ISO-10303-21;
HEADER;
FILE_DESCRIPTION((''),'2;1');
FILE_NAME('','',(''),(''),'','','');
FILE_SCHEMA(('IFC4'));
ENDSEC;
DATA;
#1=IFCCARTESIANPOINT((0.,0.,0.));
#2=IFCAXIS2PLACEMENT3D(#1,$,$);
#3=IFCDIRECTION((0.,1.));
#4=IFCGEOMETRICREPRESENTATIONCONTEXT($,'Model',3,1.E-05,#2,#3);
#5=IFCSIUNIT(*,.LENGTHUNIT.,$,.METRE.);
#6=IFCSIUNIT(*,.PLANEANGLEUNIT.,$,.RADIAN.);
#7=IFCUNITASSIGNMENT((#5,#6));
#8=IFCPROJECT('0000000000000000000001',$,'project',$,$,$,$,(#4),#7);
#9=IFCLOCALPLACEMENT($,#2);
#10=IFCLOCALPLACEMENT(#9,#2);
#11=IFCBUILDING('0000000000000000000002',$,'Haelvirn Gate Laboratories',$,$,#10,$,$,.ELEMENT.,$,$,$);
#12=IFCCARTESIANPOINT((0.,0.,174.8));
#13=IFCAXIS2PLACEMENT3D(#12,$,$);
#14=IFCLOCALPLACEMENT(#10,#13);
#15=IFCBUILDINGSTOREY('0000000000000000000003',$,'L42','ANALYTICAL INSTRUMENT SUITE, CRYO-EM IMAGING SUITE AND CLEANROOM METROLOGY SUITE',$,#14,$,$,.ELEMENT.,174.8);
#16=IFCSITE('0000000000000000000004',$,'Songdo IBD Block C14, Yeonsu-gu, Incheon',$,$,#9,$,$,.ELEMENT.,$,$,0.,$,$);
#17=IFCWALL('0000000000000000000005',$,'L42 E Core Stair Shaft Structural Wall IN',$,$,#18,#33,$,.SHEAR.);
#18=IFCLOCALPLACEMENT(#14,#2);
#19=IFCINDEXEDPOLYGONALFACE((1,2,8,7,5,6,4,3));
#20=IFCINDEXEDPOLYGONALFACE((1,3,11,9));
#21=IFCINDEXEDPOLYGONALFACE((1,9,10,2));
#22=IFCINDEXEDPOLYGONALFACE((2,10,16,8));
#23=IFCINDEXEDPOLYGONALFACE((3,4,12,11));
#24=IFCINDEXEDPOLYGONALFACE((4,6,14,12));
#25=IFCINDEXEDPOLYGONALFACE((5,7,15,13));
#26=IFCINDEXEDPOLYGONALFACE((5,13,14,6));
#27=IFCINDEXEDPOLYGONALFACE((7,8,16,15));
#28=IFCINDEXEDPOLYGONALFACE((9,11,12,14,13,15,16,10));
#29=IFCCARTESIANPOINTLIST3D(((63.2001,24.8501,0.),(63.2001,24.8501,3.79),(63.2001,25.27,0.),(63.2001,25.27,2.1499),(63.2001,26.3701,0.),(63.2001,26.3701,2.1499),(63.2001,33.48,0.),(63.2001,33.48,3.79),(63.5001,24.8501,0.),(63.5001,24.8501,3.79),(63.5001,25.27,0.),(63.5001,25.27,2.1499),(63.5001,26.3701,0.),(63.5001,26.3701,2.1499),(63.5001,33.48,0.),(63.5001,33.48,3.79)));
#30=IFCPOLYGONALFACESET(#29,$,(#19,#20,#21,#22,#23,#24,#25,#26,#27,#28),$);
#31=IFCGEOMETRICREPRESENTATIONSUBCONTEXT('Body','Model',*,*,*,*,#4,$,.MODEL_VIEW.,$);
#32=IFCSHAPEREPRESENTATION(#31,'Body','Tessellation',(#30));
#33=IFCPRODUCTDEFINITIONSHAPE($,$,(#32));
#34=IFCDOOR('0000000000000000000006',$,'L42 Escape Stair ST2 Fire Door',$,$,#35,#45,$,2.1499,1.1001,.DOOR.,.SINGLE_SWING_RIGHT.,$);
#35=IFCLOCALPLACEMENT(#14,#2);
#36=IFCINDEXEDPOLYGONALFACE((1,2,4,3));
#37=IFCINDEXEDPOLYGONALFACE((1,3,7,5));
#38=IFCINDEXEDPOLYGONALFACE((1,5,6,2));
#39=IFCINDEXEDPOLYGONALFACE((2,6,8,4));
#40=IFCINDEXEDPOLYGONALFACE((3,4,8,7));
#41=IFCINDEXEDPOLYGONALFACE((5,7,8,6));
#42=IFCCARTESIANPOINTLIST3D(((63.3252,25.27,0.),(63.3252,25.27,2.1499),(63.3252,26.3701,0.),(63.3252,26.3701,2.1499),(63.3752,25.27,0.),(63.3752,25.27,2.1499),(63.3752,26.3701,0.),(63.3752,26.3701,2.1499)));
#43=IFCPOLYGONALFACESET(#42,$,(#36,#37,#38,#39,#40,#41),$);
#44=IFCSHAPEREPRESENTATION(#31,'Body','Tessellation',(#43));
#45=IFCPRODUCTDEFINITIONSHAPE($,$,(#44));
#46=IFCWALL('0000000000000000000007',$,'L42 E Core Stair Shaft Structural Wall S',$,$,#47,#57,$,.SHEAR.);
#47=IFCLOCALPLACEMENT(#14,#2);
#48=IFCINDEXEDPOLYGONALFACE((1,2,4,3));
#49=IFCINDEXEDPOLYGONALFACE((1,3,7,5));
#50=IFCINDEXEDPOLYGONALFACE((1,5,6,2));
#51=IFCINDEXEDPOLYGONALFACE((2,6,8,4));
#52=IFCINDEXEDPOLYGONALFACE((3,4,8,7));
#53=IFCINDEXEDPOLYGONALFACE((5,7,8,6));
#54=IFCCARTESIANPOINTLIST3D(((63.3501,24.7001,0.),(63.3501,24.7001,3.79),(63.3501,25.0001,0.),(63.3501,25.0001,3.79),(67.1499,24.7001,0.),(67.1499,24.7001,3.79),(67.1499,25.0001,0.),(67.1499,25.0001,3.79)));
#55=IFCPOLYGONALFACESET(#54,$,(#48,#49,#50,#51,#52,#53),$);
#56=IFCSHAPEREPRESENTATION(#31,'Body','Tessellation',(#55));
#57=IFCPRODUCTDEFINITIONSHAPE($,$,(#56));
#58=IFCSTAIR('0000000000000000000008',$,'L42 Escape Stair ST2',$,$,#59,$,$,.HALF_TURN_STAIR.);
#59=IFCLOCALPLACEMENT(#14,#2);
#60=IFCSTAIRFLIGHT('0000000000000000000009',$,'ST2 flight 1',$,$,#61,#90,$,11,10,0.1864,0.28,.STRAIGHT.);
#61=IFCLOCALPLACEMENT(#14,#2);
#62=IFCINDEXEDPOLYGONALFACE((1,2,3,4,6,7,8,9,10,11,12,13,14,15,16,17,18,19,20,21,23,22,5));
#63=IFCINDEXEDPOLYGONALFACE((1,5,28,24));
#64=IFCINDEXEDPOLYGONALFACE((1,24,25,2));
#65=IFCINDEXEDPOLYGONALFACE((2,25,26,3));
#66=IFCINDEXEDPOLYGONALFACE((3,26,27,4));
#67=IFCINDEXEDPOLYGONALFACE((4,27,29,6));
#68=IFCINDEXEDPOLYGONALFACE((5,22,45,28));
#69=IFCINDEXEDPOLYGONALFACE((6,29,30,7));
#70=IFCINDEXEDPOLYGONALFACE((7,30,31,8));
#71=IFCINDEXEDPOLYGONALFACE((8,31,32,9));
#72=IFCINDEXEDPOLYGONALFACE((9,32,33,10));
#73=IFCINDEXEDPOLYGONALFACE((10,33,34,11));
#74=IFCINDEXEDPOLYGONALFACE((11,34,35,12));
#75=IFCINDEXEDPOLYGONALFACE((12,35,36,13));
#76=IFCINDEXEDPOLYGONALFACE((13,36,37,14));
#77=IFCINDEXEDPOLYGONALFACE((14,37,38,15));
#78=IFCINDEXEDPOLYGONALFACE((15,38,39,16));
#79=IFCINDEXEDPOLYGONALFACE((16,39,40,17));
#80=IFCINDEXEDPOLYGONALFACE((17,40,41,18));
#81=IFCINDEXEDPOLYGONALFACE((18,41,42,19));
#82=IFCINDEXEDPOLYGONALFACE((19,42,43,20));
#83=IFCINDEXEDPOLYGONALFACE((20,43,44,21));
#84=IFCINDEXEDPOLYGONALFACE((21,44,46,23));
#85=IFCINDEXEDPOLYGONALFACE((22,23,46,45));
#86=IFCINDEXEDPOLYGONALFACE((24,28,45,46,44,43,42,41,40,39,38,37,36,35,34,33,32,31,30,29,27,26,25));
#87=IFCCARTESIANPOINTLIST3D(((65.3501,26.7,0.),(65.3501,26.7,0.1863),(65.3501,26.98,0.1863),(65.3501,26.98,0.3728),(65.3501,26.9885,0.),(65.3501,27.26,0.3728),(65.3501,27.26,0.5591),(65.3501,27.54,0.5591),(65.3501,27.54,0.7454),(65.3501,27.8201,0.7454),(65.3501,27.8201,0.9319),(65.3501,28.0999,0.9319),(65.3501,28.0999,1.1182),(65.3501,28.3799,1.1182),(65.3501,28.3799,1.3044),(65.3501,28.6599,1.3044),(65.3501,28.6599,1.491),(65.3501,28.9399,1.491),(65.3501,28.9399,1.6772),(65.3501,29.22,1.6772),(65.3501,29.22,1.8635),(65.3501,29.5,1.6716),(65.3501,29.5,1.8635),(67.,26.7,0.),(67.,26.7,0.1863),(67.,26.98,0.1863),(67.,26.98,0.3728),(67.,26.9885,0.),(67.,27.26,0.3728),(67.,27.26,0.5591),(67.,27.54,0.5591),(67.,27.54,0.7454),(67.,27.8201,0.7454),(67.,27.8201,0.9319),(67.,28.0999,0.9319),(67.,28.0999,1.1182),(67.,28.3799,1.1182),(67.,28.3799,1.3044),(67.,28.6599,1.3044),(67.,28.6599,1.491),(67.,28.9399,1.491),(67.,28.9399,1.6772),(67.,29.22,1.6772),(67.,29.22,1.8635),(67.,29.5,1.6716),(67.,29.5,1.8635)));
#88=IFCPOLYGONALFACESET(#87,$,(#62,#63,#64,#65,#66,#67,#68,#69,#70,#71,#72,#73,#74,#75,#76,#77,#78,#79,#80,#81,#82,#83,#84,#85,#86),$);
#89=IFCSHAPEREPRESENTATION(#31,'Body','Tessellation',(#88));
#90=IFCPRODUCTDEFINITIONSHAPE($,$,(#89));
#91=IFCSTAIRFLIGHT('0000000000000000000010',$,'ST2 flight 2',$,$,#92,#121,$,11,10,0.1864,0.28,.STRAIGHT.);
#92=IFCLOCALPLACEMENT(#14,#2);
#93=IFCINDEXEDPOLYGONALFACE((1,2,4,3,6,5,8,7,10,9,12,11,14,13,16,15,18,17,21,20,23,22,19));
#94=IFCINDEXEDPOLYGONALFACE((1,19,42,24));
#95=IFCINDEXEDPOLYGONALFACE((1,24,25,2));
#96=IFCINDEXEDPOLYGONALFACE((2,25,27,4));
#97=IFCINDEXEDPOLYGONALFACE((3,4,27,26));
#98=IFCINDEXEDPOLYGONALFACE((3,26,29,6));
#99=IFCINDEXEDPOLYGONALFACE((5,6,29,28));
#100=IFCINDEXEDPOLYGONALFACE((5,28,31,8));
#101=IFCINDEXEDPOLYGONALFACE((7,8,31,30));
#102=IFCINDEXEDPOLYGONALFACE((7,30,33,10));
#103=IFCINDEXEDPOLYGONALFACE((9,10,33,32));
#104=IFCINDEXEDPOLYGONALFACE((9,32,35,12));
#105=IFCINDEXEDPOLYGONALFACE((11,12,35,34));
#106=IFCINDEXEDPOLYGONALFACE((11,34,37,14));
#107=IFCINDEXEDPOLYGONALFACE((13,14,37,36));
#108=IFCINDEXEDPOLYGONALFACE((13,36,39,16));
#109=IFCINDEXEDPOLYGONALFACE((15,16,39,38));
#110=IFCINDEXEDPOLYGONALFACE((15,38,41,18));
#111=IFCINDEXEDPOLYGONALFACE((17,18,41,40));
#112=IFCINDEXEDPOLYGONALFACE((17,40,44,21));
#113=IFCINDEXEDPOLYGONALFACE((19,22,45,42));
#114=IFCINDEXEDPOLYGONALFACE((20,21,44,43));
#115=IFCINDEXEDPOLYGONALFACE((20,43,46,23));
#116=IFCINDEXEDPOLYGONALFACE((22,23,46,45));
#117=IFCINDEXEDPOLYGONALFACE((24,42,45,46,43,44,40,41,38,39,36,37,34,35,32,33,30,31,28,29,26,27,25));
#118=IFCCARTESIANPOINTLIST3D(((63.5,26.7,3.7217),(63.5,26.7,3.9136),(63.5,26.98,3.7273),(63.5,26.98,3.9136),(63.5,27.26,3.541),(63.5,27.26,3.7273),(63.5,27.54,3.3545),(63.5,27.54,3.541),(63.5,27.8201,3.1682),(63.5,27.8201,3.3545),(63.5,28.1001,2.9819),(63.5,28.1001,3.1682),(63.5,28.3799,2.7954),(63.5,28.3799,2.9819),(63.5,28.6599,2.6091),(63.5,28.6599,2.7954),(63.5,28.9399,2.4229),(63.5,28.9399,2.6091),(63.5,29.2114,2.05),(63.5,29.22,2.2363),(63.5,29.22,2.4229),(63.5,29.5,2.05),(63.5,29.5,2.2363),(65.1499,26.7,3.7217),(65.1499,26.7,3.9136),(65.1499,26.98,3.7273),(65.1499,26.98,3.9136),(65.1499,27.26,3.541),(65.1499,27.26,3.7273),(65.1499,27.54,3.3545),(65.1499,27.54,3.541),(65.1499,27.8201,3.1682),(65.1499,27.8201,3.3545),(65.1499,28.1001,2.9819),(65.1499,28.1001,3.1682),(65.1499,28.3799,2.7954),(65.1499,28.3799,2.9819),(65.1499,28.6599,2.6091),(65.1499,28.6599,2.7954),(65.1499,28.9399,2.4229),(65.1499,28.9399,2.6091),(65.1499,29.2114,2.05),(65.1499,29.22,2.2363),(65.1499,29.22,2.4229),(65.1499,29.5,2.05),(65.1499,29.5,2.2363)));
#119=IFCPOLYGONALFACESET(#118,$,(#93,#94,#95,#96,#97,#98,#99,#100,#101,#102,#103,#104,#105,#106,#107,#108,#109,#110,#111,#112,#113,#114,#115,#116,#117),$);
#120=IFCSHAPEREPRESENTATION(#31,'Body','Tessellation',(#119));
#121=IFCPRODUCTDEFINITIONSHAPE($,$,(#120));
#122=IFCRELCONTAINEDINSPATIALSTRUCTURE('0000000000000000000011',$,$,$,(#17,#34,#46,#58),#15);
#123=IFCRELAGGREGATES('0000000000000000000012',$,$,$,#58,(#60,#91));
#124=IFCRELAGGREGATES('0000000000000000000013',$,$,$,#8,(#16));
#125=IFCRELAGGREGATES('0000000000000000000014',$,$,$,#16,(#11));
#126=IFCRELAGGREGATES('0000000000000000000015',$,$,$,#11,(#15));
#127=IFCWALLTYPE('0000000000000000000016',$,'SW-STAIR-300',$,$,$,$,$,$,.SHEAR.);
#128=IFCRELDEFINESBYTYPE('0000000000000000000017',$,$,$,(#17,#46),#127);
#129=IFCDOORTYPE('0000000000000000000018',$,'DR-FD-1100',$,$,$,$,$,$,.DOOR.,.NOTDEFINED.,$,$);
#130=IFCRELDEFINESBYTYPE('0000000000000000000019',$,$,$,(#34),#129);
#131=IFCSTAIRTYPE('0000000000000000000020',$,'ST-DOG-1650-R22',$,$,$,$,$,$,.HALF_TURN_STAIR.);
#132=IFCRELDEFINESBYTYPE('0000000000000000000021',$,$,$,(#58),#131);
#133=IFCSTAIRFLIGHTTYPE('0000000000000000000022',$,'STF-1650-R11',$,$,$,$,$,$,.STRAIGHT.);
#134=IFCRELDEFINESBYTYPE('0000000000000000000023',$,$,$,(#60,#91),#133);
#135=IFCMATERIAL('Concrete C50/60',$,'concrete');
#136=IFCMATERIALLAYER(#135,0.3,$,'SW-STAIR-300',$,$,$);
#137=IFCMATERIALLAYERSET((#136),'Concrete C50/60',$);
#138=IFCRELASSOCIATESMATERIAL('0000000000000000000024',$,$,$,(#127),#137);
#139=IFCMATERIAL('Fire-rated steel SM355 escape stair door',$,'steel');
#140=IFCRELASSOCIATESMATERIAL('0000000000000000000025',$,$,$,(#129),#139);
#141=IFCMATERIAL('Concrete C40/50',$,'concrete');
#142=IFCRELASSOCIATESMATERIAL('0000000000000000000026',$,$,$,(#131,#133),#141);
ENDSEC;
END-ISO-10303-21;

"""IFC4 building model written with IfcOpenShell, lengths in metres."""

from ifc_helpers import new_model, si_unit, direction, frame, frame_2d, origin, place, context, subcontext, project, spatial, polyline, rectangle, outline, extrude, source, transform, mapped, material, layer, layer_set, type_object, type_shapes, element, fill, aggregate, save


model = new_model("IFC4")

# Units and contexts
model_context = context("Model", 3, precision=1e-05, world=origin(), true_north=direction((0.0, 1.0)))
body_context = subcontext(model_context, "Body", "Model", "MODEL_VIEW")
ifc_project = project(units=[si_unit("LENGTHUNIT", "METRE"), si_unit("PLANEANGLEUNIT", "RADIAN")], contexts=[model_context])

# Site, building, storey
site_placement = place(None, origin())
site = spatial("IfcSite", under=ifc_project, at=site_placement, Name="Songdo IBD Block C14, Yeonsu-gu, Incheon", CompositionType="ELEMENT", RefElevation=0.0)
building_placement = place(site_placement, origin())
building = spatial("IfcBuilding", under=site, at=building_placement, Name="Haelvirn Gate Laboratories", CompositionType="ELEMENT")
storey_placement = place(building_placement, frame((0.0, 0.0, 174.8)))
storey = spatial("IfcBuildingStorey", under=building, at=storey_placement, Name="L42", Description="ANALYTICAL INSTRUMENT SUITE, CRYO-EM IMAGING SUITE AND CLEANROOM METROLOGY SUITE", CompositionType="ELEMENT", Elevation=174.8)

# Shared definitions
ifc_material_1 = material(Name="Concrete C40/50", Category="concrete")
ifc_material_2 = material(Name="Concrete C50/60", Category="concrete")

# Wall, opening, door
ifc_layer_1 = layer(ifc_material_2, 0.3, Name="SW-STAIR-300")
ifc_layer_set_1 = layer_set([ifc_layer_1], Name="Concrete C50/60")
wall_type_1 = type_object("IfcWallType", Name="SW-STAIR-300", PredefinedType="SHEAR", material=ifc_layer_set_1)
wall_1_placement = place(storey_placement, frame((63.3501, 24.8501, 0.0), z_axis=(0.0, 0.0, 1.0), x_axis=(0.0, 1.0, 0.0)))
wall_1 = element("IfcWall", 1, at=wall_1_placement, inside=storey, type_object=wall_type_1, Name="L42 E Core Stair Shaft Structural Wall IN", PredefinedType="SHEAR", context=body_context, shape_type="SweptSolid", body=[
    extrude(rectangle(XDim=8.6299, YDim=0.3, at=frame_2d((4.3149, 0.0))), origin(), (0.0, 0.0, 1.0), 3.79),
])
opening_placement = place(wall_1_placement, frame((0.4199, 0.0, 0.0)))
opening = element("IfcOpeningElement", 2, at=opening_placement, cuts=wall_1, PredefinedType="OPENING", context=body_context, shape_type="SweptSolid", body=[
    extrude(rectangle(XDim=1.1001, YDim=2.1499, at=frame_2d((0.55, 1.075))), frame((0.0, 0.1602, 0.0), z_axis=(0.0, -1.0, 0.0), x_axis=(1.0, 0.0, 0.0)), (0.0, 0.0, 1.0), 0.3201),
])
ifc_material_3 = material(Name="Fire-rated steel SM355 escape stair door", Category="steel")
door_type = type_object("IfcDoorType", Name="DR-FD-1100", OperationType="NOTDEFINED", PredefinedType="DOOR", material=ifc_material_3)
shared_shape_1 = source(origin(), body_context, "Body", "SweptSolid", [
    extrude(rectangle(XDim=1.1001, YDim=2.1499, at=frame_2d((0.55, 1.075))), frame((0.0, 0.0249, 0.0), z_axis=(0.0, -1.0, 0.0), x_axis=(1.0, 0.0, 0.0)), (0.0, 0.0, 1.0), 0.05),
])
type_shapes(door_type, [shared_shape_1])
door_placement = place(opening_placement, origin())
door = element("IfcDoor", 3, at=door_placement, inside=storey, type_object=door_type, Name="L42 Escape Stair ST2 Fire Door", OperationType="SINGLE_SWING_RIGHT", OverallHeight=2.1499, OverallWidth=1.1001, PredefinedType="DOOR", context=body_context, shape_type="MappedRepresentation", body=[
    mapped(shared_shape_1, transform((0.0, 0.0, 0.0), scale=1.0)),
])
fill(opening, door)

# Wall
wall_2_placement = place(storey_placement, frame((63.3501, 24.8501, 0.0), z_axis=(0.0, 0.0, 1.0), x_axis=(1.0, 0.0, 0.0)))
element("IfcWall", 4, at=wall_2_placement, inside=storey, type_object=wall_type_1, Name="L42 E Core Stair Shaft Structural Wall S", PredefinedType="SHEAR", context=body_context, shape_type="SweptSolid", body=[
    extrude(rectangle(XDim=3.7998, YDim=0.3, at=frame_2d((1.8999, 0.0))), origin(), (0.0, 0.0, 1.0), 3.79),
])

# Stair, stair flights
stair_type = type_object("IfcStairType", Name="ST-DOG-1650-R22", PredefinedType="HALF_TURN_STAIR", material=ifc_material_1)
stair_placement = place(storey_placement, origin())
stair = element("IfcStair", 5, at=stair_placement, inside=storey, type_object=stair_type, Name="L42 Escape Stair ST2", PredefinedType="HALF_TURN_STAIR")
stair_flight_type = type_object("IfcStairFlightType", Name="STF-1650-R11", PredefinedType="STRAIGHT", material=ifc_material_1)
shared_shape_2 = source(origin(), body_context, "Body", "SweptSolid", [
    extrude(outline(polyline([(0.0, 0.0), (0.0, 0.1863), (0.28, 0.1863), (0.28, 0.3728), (0.5601, 0.3728), (0.5601, 0.5591), (0.8401, 0.5591), (0.8401, 0.7454), (1.1201, 0.7454), (1.1201, 0.9319), (1.3999, 0.9319), (1.3999, 1.1182), (1.6799, 1.1182), (1.6799, 1.3044), (1.96, 1.3044), (1.96, 1.491), (2.24, 1.491), (2.24, 1.6772), (2.52, 1.6772), (2.52, 1.8635), (2.8, 1.8635), (2.8, 2.05), (2.8, 1.6716), (0.2886, 0.0), (0.0, 0.0)])), frame((0.0, 0.825, 0.0), z_axis=(0.0, -1.0, 0.0), x_axis=(1.0, 0.0, 0.0)), (0.0, 0.0, 1.0), 1.6499),
])
type_shapes(stair_flight_type, [shared_shape_2])
stair_flight_1_placement = place(storey_placement, frame((66.175, 26.7, 0.0), z_axis=(0.0, 0.0, 1.0), x_axis=(0.0, 1.0, 0.0)))
stair_flight_1 = element("IfcStairFlight", 6, at=stair_flight_1_placement, type_object=stair_flight_type, Name="ST2 flight 1", NumberOfRisers=11, NumberOfTreads=10, PredefinedType="STRAIGHT", RiserHeight=0.1864, TreadLength=0.28, context=body_context, shape_type="MappedRepresentation", body=[
    mapped(shared_shape_2, transform((0.0, 0.0, 0.0), scale=1.0)),
])
stair_flight_2_placement = place(storey_placement, frame((64.325, 29.5, 2.05), z_axis=(0.0, 0.0, 1.0), x_axis=(0.0, -1.0, 0.0)))
stair_flight_2 = element("IfcStairFlight", 7, at=stair_flight_2_placement, type_object=stair_flight_type, Name="ST2 flight 2", NumberOfRisers=11, NumberOfTreads=10, PredefinedType="STRAIGHT", RiserHeight=0.1864, TreadLength=0.28, context=body_context, shape_type="MappedRepresentation", body=[
    mapped(shared_shape_2, transform((0.0, 0.0, 0.0), scale=1.0)),
])
aggregate(stair, [stair_flight_1, stair_flight_2])

save(model, "model.ifc")
